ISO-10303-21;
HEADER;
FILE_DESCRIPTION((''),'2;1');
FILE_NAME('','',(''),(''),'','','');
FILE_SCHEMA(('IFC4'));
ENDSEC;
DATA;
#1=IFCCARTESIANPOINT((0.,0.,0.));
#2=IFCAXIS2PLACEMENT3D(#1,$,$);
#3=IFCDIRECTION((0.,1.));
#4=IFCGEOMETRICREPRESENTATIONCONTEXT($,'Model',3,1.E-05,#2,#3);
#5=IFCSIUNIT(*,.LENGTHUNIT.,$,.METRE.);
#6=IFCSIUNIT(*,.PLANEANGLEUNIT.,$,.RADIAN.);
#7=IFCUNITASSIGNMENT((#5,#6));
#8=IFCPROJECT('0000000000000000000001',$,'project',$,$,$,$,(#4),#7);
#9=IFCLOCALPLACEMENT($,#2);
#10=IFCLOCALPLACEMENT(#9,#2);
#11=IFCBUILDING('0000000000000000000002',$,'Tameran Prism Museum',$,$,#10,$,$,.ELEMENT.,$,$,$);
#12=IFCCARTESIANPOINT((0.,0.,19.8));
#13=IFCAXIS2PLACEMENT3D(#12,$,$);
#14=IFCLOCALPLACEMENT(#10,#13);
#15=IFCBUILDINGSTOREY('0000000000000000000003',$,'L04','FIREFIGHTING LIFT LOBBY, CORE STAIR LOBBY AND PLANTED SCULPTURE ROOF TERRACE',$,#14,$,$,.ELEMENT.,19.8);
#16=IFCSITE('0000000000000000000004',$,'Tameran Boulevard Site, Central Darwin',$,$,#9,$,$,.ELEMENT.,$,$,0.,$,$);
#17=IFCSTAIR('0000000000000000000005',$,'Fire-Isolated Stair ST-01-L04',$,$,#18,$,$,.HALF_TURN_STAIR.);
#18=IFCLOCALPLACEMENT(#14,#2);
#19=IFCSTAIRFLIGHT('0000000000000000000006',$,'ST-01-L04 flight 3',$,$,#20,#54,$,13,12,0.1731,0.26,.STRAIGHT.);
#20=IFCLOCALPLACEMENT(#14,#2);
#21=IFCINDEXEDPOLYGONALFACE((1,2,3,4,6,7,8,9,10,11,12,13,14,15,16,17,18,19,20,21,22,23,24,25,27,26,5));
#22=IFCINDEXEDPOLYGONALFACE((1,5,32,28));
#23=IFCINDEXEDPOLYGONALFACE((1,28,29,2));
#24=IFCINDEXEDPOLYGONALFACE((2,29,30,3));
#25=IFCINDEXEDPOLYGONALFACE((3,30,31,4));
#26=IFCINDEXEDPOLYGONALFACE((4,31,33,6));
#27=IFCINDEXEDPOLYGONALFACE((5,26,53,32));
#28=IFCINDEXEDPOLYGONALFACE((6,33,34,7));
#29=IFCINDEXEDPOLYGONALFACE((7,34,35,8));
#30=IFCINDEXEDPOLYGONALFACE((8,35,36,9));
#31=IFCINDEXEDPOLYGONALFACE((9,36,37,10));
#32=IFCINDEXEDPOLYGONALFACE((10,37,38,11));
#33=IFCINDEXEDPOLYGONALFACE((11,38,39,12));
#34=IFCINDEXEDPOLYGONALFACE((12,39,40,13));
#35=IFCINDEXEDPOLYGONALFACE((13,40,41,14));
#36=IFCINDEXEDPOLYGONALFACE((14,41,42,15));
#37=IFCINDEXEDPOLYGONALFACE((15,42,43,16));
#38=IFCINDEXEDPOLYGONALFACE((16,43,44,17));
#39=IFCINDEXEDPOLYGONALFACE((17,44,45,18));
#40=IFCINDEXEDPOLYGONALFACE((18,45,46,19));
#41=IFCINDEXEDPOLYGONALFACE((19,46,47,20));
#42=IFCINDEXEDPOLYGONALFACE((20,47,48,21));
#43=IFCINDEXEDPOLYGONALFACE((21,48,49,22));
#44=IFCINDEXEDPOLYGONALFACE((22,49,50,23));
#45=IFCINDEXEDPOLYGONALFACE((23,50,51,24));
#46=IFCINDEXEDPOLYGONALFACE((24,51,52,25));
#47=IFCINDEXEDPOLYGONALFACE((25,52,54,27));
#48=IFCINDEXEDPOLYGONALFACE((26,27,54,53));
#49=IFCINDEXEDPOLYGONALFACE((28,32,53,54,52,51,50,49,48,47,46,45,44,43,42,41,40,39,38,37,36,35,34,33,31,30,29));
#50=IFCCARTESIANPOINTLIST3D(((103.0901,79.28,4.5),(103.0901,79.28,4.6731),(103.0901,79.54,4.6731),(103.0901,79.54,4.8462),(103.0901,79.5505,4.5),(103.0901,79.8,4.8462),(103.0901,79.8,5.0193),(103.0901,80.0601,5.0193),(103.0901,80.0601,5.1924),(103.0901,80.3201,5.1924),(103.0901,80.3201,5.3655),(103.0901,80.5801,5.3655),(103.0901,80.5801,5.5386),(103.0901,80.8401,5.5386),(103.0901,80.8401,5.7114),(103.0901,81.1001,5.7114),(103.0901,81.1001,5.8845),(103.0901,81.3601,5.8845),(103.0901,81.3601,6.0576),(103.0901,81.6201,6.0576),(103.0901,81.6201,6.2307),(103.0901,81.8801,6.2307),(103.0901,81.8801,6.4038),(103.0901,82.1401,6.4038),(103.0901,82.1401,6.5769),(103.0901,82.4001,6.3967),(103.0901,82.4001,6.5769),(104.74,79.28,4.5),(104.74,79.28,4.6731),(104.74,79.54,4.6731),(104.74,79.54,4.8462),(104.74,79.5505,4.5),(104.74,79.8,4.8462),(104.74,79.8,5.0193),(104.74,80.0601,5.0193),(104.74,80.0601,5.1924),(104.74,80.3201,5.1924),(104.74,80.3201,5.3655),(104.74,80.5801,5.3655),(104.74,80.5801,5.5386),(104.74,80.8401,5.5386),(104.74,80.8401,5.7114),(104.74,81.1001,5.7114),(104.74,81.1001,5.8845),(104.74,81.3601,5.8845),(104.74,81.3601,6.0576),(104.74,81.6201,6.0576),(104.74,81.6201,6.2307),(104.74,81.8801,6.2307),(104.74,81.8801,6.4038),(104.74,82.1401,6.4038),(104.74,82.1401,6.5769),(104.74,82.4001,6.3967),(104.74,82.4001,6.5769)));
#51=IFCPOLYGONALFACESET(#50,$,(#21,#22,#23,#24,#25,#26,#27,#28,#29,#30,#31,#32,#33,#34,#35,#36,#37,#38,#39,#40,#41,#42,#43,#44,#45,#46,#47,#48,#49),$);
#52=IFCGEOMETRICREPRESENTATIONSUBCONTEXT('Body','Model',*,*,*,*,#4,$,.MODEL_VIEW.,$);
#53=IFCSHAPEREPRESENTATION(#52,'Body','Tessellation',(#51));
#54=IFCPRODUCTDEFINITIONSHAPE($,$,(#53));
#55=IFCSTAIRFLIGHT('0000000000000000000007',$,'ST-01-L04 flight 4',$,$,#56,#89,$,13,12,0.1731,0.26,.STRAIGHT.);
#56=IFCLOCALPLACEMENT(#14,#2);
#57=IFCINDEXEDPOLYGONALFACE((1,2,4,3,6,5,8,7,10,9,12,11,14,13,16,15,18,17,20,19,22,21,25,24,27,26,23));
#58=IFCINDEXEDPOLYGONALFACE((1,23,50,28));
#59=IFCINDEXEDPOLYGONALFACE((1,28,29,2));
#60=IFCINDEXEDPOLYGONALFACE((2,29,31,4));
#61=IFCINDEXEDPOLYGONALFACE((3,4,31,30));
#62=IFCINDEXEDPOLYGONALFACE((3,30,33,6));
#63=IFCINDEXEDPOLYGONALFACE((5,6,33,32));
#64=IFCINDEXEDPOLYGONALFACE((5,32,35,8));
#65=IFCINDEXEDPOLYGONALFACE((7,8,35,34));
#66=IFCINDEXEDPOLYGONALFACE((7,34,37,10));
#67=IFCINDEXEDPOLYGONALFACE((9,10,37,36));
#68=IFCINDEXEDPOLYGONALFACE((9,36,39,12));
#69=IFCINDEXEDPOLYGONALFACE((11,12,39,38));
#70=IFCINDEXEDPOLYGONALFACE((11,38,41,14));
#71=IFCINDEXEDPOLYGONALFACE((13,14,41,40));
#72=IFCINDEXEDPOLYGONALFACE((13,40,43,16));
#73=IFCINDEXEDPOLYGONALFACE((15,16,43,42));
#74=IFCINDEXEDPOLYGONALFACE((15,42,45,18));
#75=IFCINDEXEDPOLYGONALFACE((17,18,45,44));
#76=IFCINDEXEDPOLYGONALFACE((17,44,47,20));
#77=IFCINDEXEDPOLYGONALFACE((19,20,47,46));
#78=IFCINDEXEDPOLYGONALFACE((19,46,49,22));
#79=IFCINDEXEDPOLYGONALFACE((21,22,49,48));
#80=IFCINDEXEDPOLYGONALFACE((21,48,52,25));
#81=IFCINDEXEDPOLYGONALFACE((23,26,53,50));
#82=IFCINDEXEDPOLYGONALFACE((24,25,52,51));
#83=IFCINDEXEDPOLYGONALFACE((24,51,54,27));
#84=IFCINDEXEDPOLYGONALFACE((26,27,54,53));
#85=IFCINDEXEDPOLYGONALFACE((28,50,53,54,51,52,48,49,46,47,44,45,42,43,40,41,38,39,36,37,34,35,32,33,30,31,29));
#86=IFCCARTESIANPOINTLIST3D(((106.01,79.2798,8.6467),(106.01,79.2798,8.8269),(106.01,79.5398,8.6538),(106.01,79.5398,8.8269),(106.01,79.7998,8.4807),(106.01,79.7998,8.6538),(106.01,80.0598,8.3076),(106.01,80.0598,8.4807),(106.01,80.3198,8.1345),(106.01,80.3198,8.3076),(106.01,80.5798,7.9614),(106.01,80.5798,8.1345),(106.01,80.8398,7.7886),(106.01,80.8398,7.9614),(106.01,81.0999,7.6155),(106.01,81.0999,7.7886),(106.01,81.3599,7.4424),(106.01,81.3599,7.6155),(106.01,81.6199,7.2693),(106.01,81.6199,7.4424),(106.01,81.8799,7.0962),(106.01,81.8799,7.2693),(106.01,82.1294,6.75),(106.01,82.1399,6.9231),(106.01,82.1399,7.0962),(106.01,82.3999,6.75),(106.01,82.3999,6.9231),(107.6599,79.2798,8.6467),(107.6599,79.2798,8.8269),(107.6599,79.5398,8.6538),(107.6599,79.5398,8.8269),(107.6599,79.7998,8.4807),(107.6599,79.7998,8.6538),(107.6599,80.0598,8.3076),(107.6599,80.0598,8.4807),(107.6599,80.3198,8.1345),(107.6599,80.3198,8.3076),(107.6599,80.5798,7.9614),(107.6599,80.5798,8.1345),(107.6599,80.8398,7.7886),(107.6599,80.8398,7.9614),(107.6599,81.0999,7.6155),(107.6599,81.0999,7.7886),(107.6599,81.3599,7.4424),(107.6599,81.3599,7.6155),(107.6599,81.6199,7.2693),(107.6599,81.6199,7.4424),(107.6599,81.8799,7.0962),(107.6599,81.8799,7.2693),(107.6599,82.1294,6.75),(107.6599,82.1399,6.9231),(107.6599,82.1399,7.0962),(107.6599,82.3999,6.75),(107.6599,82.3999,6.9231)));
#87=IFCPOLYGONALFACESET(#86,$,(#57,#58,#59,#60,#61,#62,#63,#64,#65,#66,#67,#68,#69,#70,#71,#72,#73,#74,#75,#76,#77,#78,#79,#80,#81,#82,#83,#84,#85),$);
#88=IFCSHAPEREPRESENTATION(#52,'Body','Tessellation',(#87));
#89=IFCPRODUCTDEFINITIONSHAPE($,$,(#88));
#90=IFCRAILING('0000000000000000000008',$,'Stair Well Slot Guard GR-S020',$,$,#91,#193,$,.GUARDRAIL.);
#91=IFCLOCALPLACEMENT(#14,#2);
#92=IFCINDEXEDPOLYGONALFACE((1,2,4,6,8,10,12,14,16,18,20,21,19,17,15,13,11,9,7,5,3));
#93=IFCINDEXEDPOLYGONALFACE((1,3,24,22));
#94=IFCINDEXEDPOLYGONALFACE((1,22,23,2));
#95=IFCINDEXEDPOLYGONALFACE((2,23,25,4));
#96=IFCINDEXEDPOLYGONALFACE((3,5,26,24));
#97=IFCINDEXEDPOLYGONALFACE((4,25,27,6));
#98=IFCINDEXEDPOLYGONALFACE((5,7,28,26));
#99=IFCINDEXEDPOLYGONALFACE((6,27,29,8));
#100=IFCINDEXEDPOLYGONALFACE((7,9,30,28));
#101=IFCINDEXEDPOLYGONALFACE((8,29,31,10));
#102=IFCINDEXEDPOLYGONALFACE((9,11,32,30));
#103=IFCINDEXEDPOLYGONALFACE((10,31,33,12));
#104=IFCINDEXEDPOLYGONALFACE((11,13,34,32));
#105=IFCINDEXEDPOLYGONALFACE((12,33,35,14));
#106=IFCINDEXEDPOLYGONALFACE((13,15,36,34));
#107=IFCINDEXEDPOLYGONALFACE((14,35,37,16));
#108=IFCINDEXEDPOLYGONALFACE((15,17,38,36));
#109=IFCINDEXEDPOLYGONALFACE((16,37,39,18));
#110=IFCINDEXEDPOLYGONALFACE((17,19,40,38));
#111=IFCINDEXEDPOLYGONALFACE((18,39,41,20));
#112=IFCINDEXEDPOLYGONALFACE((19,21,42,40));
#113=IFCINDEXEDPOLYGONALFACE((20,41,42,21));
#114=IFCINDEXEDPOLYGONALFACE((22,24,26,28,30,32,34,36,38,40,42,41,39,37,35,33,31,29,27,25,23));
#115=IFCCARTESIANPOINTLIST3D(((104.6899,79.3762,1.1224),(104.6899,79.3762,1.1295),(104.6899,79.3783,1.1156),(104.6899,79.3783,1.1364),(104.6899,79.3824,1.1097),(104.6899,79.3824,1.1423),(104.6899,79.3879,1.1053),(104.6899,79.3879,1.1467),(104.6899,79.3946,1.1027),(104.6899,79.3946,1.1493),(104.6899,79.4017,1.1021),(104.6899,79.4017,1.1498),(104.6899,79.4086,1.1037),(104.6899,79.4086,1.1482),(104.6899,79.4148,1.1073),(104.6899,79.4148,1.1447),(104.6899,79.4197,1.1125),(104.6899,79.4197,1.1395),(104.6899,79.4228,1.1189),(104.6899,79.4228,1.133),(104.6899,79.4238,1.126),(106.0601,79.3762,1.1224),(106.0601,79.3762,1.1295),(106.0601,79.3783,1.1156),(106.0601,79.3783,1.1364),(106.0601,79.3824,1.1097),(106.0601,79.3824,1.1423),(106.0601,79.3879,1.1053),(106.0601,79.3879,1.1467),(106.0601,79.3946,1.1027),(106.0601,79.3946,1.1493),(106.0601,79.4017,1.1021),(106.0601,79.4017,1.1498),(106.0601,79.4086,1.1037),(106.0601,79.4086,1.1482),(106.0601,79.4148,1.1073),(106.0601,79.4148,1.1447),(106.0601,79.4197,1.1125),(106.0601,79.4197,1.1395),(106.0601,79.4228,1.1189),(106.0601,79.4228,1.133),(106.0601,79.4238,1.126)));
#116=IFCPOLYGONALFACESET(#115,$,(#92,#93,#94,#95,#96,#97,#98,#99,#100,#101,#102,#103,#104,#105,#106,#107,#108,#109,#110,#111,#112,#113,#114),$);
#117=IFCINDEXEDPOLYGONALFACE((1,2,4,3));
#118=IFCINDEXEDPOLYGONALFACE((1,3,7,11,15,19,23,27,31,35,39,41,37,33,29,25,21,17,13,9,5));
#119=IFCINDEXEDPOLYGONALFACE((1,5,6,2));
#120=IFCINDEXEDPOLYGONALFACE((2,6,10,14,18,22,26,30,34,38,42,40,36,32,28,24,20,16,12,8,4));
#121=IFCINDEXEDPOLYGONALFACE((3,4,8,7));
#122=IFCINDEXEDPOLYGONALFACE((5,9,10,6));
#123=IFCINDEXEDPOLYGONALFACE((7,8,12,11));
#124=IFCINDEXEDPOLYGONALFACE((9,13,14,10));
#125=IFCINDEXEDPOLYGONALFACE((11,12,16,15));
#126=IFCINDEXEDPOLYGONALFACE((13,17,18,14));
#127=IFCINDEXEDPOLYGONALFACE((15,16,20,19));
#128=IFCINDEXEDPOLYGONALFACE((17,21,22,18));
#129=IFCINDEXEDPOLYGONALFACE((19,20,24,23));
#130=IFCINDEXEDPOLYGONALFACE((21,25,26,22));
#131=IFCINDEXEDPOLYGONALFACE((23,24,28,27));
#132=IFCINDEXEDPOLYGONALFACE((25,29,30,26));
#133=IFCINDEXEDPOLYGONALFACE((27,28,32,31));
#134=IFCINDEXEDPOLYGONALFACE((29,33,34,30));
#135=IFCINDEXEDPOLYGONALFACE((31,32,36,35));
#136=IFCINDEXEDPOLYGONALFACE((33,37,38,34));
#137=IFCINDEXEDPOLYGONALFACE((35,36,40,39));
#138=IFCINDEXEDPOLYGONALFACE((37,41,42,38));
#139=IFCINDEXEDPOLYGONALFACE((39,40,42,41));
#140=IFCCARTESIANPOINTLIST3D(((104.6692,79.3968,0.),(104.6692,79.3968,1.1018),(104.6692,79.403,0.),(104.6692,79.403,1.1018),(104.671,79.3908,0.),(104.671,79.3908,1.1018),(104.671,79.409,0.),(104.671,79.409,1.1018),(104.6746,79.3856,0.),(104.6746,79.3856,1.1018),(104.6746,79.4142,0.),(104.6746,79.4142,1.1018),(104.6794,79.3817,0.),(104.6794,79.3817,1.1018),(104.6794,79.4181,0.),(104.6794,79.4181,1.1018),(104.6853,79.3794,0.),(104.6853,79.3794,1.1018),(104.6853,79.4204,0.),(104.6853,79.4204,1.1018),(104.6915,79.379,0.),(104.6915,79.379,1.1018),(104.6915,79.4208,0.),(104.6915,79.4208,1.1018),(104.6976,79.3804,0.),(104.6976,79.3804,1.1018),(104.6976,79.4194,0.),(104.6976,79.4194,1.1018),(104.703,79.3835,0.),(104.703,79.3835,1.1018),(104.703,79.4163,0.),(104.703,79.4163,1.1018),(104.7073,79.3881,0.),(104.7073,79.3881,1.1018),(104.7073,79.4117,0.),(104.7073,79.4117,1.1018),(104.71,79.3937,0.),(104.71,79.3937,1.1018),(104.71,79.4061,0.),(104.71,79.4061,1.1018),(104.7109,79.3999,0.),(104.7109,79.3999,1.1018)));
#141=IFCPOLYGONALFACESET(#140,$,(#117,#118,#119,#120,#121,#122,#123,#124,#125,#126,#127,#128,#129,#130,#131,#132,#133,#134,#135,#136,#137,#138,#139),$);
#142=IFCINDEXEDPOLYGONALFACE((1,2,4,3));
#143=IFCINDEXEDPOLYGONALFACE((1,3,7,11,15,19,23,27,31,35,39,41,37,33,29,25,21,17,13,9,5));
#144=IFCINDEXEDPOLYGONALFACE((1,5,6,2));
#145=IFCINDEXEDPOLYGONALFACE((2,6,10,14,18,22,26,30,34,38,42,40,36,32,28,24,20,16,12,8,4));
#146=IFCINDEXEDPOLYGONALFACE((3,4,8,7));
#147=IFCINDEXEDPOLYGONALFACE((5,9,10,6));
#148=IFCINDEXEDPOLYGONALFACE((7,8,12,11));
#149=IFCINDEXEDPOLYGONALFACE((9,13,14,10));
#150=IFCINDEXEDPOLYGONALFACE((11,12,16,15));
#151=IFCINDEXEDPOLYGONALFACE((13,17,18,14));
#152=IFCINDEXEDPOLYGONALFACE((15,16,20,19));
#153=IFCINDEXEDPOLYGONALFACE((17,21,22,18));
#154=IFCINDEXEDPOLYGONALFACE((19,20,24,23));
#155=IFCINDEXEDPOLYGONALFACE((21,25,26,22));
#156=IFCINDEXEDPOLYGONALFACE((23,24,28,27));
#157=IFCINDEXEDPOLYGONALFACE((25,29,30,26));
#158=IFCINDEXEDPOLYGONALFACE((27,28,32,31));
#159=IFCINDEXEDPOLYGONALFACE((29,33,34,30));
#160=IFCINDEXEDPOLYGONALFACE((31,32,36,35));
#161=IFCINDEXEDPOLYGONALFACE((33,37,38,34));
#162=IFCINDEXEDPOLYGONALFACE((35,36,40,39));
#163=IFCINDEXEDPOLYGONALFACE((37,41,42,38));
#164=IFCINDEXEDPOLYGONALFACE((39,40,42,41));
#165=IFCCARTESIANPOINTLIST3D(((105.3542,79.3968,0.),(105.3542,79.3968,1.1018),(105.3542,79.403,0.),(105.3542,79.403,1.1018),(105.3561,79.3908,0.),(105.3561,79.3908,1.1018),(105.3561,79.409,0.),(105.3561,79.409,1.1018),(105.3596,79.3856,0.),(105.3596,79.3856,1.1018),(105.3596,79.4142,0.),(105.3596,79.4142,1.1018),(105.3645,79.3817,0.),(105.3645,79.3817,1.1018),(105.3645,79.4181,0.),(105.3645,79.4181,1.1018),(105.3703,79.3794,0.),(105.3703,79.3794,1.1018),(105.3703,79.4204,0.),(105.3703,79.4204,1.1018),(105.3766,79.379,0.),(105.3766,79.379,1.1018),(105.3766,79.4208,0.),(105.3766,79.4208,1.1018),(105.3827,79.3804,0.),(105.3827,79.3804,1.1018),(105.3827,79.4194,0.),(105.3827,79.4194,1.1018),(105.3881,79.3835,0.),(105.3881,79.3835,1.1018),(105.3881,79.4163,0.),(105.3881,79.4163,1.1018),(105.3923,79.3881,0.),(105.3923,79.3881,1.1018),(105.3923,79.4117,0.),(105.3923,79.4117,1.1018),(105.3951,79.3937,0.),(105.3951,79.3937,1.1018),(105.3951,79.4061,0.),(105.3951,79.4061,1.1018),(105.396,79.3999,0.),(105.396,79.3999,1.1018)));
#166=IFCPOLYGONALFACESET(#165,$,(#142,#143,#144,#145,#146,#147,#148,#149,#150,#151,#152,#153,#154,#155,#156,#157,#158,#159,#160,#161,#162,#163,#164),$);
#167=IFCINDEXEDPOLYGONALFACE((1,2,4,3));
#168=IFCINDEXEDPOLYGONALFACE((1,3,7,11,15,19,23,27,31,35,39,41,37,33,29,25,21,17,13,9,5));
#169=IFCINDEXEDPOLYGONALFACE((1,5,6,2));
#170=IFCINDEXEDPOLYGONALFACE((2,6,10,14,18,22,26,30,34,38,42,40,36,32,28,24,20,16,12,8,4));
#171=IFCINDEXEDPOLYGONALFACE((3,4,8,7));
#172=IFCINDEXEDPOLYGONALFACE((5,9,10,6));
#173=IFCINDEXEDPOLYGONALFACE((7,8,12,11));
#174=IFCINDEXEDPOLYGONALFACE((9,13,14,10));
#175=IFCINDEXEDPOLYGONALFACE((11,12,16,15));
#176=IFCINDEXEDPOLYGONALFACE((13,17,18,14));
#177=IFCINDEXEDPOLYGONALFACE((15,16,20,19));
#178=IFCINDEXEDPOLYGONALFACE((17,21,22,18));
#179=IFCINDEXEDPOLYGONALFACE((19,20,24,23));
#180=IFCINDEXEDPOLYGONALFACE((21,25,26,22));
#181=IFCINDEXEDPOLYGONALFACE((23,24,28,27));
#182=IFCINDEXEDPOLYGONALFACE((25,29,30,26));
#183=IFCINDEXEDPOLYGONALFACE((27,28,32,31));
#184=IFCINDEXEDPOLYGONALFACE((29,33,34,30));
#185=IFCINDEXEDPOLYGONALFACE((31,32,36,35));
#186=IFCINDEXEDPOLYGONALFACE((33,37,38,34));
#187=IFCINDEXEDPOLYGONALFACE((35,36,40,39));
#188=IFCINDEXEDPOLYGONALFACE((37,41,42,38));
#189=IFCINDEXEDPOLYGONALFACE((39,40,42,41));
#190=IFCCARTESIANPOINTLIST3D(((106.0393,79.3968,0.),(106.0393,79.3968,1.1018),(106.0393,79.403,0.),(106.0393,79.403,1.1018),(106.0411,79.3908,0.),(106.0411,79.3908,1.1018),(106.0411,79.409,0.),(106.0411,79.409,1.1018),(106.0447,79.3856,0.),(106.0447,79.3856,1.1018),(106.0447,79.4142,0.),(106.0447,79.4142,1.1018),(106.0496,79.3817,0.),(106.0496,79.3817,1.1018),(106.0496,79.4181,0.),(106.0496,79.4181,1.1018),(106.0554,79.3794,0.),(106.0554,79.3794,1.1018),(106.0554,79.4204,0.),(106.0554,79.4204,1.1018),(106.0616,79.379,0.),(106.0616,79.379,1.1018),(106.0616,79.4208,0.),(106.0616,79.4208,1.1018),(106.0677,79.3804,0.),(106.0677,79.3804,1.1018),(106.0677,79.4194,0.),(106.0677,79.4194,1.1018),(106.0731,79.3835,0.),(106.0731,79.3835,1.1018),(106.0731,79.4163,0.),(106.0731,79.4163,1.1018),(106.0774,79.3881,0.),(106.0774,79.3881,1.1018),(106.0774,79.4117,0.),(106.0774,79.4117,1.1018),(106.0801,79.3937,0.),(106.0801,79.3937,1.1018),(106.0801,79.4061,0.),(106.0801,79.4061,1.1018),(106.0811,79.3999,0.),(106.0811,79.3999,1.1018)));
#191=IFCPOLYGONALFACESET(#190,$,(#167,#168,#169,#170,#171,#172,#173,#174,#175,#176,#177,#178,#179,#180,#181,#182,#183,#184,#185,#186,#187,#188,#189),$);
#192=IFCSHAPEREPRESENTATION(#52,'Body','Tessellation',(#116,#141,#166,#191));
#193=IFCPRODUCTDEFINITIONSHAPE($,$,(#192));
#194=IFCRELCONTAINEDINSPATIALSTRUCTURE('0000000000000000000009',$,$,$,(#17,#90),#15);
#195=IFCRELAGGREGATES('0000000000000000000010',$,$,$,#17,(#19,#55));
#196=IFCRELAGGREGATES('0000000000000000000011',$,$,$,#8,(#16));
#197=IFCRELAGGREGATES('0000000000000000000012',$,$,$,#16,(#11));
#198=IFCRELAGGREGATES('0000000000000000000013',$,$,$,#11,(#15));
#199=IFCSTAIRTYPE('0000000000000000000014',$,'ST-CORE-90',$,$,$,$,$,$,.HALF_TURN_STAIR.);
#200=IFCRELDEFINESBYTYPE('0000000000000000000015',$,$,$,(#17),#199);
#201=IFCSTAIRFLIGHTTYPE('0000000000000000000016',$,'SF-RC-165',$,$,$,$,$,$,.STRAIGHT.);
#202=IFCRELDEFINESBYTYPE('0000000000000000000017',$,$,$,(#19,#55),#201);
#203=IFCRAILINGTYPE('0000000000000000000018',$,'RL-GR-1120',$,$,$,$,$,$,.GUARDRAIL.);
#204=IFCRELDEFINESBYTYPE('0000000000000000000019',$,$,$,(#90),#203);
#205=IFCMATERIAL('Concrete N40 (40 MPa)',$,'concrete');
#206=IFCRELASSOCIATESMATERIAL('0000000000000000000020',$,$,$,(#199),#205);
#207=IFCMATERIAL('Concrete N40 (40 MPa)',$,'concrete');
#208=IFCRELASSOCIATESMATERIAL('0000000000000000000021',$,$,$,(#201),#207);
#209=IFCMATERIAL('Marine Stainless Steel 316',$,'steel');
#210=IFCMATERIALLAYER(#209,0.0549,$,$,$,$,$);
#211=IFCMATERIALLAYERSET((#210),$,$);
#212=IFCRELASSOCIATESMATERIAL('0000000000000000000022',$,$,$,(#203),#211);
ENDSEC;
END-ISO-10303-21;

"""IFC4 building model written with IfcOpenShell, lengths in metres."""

from ifc_helpers import new_model, si_unit, direction, frame, origin, origin_2d, place, context, subcontext, project, spatial, polyline, circle, outline, extrude, material, layer, layer_set, type_object, element, aggregate, save


model = new_model("IFC4")

# Units and contexts
model_context = context("Model", 3, precision=1e-05, world=origin(), true_north=direction((0.0, 1.0)))
body_context = subcontext(model_context, "Body", "Model", "MODEL_VIEW")
ifc_project = project(units=[si_unit("LENGTHUNIT", "METRE"), si_unit("PLANEANGLEUNIT", "RADIAN")], contexts=[model_context])

# Site, building, storey
site_placement = place(None, origin())
site = spatial("IfcSite", under=ifc_project, at=site_placement, Name="Tameran Boulevard Site, Central Darwin", CompositionType="ELEMENT", RefElevation=0.0)
building_placement = place(site_placement, origin())
building = spatial("IfcBuilding", under=site, at=building_placement, Name="Tameran Prism Museum", CompositionType="ELEMENT")
storey_placement = place(building_placement, frame((0.0, 0.0, 19.8)))
storey = spatial("IfcBuildingStorey", under=building, at=storey_placement, Name="L04", Description="FIREFIGHTING LIFT LOBBY, CORE STAIR LOBBY AND PLANTED SCULPTURE ROOF TERRACE", CompositionType="ELEMENT", Elevation=19.8)

# Stair, stair flights
ifc_material_1 = material(Name="Concrete N40 (40 MPa)", Category="concrete")
stair_type = type_object("IfcStairType", Name="ST-CORE-90", PredefinedType="HALF_TURN_STAIR", material=ifc_material_1)
stair_placement = place(storey_placement, origin())
stair = element("IfcStair", 1, at=stair_placement, inside=storey, type_object=stair_type, Name="Fire-Isolated Stair ST-01-L04", PredefinedType="HALF_TURN_STAIR")
ifc_material_2 = material(Name="Concrete N40 (40 MPa)", Category="concrete")
stair_flight_type = type_object("IfcStairFlightType", Name="SF-RC-165", PredefinedType="STRAIGHT", material=ifc_material_2)
stair_flight_1_placement = place(storey_placement, frame((103.915, 79.28, 4.5), z_axis=(0.0, 0.0, 1.0), x_axis=(0.0, 1.0, 0.0)))
stair_flight_1 = element("IfcStairFlight", 2, at=stair_flight_1_placement, type_object=stair_flight_type, Name="ST-01-L04 flight 3", NumberOfRisers=13, NumberOfTreads=12, PredefinedType="STRAIGHT", RiserHeight=0.1731, TreadLength=0.26, context=body_context, shape_type="SweptSolid", body=[
    extrude(outline(polyline([(0.0, 0.0), (0.0, 0.1731), (0.26, 0.1731), (0.26, 0.3462), (0.52, 0.3462), (0.52, 0.5193), (0.78, 0.5193), (0.78, 0.6924), (1.04, 0.6924), (1.04, 0.8655), (1.3, 0.8655), (1.3, 1.0386), (1.5601, 1.0386), (1.5601, 1.2114), (1.8201, 1.2114), (1.8201, 1.3845), (2.0801, 1.3845), (2.0801, 1.5576), (2.3401, 1.5576), (2.3401, 1.7307), (2.6001, 1.7307), (2.6001, 1.9038), (2.8601, 1.9038), (2.8601, 2.0769), (3.1201, 2.0769), (3.1201, 2.25), (3.1201, 1.8967), (0.2705, 0.0), (0.0, 0.0)])), frame((0.0, 0.825, 0.0), z_axis=(0.0, -1.0, 0.0), x_axis=(1.0, 0.0, 0.0)), (0.0, 0.0, 1.0), 1.6499),
])
stair_flight_2_placement = place(storey_placement, frame((106.835, 82.3999, 6.75), z_axis=(0.0, 0.0, 1.0), x_axis=(0.0, -1.0, 0.0)))
stair_flight_2 = element("IfcStairFlight", 3, at=stair_flight_2_placement, type_object=stair_flight_type, Name="ST-01-L04 flight 4", NumberOfRisers=13, NumberOfTreads=12, PredefinedType="STRAIGHT", RiserHeight=0.1731, TreadLength=0.26, context=body_context, shape_type="SweptSolid", body=[
    extrude(outline(polyline([(0.0, 0.0), (0.0, 0.1731), (0.26, 0.1731), (0.26, 0.3462), (0.52, 0.3462), (0.52, 0.5193), (0.78, 0.5193), (0.78, 0.6924), (1.04, 0.6924), (1.04, 0.8655), (1.3, 0.8655), (1.3, 1.0386), (1.5601, 1.0386), (1.5601, 1.2114), (1.8201, 1.2114), (1.8201, 1.3845), (2.0801, 1.3845), (2.0801, 1.5576), (2.3401, 1.5576), (2.3401, 1.7307), (2.6001, 1.7307), (2.6001, 1.9038), (2.8601, 1.9038), (2.8601, 2.0769), (3.1201, 2.0769), (3.1201, 2.25), (3.1201, 1.8967), (0.2705, 0.0), (0.0, 0.0)])), frame((0.0, 0.825, 0.0), z_axis=(0.0, -1.0, 0.0), x_axis=(1.0, 0.0, 0.0)), (0.0, 0.0, 1.0), 1.6499),
])
aggregate(stair, [stair_flight_1, stair_flight_2])

# Railing
ifc_material_3 = material(Name="Marine Stainless Steel 316", Category="steel")
ifc_layer_1 = layer(ifc_material_3, 0.0549)
ifc_layer_set_1 = layer_set([ifc_layer_1])
railing_type_1 = type_object("IfcRailingType", Name="RL-GR-1120", PredefinedType="GUARDRAIL", material=ifc_layer_set_1)
railing_1_placement = place(storey_placement, frame((104.6899, 79.3999, 0.0)))
element("IfcRailing", 4, at=railing_1_placement, inside=storey, type_object=railing_type_1, Name="Stair Well Slot Guard GR-S020", PredefinedType="GUARDRAIL", context=body_context, shape_type="SweptSolid", body=[
    extrude(circle(Radius=0.0239, at=origin_2d()), frame((0.0, 0.0, 1.126), z_axis=(1.0, 0.0, 0.0), x_axis=(0.0, 1.0, 0.0)), (0.0, 0.0, 1.0), 1.3701),
    extrude(circle(Radius=0.021, at=origin_2d()), origin(), (0.0, 0.0, 1.0), 1.1018),
    extrude(circle(Radius=0.021, at=origin_2d()), frame((0.6851, 0.0, 0.0)), (0.0, 0.0, 1.0), 1.1018),
    extrude(circle(Radius=0.021, at=origin_2d()), frame((1.3701, 0.0, 0.0)), (0.0, 0.0, 1.0), 1.1018),
])

save(model, "model.ifc")
